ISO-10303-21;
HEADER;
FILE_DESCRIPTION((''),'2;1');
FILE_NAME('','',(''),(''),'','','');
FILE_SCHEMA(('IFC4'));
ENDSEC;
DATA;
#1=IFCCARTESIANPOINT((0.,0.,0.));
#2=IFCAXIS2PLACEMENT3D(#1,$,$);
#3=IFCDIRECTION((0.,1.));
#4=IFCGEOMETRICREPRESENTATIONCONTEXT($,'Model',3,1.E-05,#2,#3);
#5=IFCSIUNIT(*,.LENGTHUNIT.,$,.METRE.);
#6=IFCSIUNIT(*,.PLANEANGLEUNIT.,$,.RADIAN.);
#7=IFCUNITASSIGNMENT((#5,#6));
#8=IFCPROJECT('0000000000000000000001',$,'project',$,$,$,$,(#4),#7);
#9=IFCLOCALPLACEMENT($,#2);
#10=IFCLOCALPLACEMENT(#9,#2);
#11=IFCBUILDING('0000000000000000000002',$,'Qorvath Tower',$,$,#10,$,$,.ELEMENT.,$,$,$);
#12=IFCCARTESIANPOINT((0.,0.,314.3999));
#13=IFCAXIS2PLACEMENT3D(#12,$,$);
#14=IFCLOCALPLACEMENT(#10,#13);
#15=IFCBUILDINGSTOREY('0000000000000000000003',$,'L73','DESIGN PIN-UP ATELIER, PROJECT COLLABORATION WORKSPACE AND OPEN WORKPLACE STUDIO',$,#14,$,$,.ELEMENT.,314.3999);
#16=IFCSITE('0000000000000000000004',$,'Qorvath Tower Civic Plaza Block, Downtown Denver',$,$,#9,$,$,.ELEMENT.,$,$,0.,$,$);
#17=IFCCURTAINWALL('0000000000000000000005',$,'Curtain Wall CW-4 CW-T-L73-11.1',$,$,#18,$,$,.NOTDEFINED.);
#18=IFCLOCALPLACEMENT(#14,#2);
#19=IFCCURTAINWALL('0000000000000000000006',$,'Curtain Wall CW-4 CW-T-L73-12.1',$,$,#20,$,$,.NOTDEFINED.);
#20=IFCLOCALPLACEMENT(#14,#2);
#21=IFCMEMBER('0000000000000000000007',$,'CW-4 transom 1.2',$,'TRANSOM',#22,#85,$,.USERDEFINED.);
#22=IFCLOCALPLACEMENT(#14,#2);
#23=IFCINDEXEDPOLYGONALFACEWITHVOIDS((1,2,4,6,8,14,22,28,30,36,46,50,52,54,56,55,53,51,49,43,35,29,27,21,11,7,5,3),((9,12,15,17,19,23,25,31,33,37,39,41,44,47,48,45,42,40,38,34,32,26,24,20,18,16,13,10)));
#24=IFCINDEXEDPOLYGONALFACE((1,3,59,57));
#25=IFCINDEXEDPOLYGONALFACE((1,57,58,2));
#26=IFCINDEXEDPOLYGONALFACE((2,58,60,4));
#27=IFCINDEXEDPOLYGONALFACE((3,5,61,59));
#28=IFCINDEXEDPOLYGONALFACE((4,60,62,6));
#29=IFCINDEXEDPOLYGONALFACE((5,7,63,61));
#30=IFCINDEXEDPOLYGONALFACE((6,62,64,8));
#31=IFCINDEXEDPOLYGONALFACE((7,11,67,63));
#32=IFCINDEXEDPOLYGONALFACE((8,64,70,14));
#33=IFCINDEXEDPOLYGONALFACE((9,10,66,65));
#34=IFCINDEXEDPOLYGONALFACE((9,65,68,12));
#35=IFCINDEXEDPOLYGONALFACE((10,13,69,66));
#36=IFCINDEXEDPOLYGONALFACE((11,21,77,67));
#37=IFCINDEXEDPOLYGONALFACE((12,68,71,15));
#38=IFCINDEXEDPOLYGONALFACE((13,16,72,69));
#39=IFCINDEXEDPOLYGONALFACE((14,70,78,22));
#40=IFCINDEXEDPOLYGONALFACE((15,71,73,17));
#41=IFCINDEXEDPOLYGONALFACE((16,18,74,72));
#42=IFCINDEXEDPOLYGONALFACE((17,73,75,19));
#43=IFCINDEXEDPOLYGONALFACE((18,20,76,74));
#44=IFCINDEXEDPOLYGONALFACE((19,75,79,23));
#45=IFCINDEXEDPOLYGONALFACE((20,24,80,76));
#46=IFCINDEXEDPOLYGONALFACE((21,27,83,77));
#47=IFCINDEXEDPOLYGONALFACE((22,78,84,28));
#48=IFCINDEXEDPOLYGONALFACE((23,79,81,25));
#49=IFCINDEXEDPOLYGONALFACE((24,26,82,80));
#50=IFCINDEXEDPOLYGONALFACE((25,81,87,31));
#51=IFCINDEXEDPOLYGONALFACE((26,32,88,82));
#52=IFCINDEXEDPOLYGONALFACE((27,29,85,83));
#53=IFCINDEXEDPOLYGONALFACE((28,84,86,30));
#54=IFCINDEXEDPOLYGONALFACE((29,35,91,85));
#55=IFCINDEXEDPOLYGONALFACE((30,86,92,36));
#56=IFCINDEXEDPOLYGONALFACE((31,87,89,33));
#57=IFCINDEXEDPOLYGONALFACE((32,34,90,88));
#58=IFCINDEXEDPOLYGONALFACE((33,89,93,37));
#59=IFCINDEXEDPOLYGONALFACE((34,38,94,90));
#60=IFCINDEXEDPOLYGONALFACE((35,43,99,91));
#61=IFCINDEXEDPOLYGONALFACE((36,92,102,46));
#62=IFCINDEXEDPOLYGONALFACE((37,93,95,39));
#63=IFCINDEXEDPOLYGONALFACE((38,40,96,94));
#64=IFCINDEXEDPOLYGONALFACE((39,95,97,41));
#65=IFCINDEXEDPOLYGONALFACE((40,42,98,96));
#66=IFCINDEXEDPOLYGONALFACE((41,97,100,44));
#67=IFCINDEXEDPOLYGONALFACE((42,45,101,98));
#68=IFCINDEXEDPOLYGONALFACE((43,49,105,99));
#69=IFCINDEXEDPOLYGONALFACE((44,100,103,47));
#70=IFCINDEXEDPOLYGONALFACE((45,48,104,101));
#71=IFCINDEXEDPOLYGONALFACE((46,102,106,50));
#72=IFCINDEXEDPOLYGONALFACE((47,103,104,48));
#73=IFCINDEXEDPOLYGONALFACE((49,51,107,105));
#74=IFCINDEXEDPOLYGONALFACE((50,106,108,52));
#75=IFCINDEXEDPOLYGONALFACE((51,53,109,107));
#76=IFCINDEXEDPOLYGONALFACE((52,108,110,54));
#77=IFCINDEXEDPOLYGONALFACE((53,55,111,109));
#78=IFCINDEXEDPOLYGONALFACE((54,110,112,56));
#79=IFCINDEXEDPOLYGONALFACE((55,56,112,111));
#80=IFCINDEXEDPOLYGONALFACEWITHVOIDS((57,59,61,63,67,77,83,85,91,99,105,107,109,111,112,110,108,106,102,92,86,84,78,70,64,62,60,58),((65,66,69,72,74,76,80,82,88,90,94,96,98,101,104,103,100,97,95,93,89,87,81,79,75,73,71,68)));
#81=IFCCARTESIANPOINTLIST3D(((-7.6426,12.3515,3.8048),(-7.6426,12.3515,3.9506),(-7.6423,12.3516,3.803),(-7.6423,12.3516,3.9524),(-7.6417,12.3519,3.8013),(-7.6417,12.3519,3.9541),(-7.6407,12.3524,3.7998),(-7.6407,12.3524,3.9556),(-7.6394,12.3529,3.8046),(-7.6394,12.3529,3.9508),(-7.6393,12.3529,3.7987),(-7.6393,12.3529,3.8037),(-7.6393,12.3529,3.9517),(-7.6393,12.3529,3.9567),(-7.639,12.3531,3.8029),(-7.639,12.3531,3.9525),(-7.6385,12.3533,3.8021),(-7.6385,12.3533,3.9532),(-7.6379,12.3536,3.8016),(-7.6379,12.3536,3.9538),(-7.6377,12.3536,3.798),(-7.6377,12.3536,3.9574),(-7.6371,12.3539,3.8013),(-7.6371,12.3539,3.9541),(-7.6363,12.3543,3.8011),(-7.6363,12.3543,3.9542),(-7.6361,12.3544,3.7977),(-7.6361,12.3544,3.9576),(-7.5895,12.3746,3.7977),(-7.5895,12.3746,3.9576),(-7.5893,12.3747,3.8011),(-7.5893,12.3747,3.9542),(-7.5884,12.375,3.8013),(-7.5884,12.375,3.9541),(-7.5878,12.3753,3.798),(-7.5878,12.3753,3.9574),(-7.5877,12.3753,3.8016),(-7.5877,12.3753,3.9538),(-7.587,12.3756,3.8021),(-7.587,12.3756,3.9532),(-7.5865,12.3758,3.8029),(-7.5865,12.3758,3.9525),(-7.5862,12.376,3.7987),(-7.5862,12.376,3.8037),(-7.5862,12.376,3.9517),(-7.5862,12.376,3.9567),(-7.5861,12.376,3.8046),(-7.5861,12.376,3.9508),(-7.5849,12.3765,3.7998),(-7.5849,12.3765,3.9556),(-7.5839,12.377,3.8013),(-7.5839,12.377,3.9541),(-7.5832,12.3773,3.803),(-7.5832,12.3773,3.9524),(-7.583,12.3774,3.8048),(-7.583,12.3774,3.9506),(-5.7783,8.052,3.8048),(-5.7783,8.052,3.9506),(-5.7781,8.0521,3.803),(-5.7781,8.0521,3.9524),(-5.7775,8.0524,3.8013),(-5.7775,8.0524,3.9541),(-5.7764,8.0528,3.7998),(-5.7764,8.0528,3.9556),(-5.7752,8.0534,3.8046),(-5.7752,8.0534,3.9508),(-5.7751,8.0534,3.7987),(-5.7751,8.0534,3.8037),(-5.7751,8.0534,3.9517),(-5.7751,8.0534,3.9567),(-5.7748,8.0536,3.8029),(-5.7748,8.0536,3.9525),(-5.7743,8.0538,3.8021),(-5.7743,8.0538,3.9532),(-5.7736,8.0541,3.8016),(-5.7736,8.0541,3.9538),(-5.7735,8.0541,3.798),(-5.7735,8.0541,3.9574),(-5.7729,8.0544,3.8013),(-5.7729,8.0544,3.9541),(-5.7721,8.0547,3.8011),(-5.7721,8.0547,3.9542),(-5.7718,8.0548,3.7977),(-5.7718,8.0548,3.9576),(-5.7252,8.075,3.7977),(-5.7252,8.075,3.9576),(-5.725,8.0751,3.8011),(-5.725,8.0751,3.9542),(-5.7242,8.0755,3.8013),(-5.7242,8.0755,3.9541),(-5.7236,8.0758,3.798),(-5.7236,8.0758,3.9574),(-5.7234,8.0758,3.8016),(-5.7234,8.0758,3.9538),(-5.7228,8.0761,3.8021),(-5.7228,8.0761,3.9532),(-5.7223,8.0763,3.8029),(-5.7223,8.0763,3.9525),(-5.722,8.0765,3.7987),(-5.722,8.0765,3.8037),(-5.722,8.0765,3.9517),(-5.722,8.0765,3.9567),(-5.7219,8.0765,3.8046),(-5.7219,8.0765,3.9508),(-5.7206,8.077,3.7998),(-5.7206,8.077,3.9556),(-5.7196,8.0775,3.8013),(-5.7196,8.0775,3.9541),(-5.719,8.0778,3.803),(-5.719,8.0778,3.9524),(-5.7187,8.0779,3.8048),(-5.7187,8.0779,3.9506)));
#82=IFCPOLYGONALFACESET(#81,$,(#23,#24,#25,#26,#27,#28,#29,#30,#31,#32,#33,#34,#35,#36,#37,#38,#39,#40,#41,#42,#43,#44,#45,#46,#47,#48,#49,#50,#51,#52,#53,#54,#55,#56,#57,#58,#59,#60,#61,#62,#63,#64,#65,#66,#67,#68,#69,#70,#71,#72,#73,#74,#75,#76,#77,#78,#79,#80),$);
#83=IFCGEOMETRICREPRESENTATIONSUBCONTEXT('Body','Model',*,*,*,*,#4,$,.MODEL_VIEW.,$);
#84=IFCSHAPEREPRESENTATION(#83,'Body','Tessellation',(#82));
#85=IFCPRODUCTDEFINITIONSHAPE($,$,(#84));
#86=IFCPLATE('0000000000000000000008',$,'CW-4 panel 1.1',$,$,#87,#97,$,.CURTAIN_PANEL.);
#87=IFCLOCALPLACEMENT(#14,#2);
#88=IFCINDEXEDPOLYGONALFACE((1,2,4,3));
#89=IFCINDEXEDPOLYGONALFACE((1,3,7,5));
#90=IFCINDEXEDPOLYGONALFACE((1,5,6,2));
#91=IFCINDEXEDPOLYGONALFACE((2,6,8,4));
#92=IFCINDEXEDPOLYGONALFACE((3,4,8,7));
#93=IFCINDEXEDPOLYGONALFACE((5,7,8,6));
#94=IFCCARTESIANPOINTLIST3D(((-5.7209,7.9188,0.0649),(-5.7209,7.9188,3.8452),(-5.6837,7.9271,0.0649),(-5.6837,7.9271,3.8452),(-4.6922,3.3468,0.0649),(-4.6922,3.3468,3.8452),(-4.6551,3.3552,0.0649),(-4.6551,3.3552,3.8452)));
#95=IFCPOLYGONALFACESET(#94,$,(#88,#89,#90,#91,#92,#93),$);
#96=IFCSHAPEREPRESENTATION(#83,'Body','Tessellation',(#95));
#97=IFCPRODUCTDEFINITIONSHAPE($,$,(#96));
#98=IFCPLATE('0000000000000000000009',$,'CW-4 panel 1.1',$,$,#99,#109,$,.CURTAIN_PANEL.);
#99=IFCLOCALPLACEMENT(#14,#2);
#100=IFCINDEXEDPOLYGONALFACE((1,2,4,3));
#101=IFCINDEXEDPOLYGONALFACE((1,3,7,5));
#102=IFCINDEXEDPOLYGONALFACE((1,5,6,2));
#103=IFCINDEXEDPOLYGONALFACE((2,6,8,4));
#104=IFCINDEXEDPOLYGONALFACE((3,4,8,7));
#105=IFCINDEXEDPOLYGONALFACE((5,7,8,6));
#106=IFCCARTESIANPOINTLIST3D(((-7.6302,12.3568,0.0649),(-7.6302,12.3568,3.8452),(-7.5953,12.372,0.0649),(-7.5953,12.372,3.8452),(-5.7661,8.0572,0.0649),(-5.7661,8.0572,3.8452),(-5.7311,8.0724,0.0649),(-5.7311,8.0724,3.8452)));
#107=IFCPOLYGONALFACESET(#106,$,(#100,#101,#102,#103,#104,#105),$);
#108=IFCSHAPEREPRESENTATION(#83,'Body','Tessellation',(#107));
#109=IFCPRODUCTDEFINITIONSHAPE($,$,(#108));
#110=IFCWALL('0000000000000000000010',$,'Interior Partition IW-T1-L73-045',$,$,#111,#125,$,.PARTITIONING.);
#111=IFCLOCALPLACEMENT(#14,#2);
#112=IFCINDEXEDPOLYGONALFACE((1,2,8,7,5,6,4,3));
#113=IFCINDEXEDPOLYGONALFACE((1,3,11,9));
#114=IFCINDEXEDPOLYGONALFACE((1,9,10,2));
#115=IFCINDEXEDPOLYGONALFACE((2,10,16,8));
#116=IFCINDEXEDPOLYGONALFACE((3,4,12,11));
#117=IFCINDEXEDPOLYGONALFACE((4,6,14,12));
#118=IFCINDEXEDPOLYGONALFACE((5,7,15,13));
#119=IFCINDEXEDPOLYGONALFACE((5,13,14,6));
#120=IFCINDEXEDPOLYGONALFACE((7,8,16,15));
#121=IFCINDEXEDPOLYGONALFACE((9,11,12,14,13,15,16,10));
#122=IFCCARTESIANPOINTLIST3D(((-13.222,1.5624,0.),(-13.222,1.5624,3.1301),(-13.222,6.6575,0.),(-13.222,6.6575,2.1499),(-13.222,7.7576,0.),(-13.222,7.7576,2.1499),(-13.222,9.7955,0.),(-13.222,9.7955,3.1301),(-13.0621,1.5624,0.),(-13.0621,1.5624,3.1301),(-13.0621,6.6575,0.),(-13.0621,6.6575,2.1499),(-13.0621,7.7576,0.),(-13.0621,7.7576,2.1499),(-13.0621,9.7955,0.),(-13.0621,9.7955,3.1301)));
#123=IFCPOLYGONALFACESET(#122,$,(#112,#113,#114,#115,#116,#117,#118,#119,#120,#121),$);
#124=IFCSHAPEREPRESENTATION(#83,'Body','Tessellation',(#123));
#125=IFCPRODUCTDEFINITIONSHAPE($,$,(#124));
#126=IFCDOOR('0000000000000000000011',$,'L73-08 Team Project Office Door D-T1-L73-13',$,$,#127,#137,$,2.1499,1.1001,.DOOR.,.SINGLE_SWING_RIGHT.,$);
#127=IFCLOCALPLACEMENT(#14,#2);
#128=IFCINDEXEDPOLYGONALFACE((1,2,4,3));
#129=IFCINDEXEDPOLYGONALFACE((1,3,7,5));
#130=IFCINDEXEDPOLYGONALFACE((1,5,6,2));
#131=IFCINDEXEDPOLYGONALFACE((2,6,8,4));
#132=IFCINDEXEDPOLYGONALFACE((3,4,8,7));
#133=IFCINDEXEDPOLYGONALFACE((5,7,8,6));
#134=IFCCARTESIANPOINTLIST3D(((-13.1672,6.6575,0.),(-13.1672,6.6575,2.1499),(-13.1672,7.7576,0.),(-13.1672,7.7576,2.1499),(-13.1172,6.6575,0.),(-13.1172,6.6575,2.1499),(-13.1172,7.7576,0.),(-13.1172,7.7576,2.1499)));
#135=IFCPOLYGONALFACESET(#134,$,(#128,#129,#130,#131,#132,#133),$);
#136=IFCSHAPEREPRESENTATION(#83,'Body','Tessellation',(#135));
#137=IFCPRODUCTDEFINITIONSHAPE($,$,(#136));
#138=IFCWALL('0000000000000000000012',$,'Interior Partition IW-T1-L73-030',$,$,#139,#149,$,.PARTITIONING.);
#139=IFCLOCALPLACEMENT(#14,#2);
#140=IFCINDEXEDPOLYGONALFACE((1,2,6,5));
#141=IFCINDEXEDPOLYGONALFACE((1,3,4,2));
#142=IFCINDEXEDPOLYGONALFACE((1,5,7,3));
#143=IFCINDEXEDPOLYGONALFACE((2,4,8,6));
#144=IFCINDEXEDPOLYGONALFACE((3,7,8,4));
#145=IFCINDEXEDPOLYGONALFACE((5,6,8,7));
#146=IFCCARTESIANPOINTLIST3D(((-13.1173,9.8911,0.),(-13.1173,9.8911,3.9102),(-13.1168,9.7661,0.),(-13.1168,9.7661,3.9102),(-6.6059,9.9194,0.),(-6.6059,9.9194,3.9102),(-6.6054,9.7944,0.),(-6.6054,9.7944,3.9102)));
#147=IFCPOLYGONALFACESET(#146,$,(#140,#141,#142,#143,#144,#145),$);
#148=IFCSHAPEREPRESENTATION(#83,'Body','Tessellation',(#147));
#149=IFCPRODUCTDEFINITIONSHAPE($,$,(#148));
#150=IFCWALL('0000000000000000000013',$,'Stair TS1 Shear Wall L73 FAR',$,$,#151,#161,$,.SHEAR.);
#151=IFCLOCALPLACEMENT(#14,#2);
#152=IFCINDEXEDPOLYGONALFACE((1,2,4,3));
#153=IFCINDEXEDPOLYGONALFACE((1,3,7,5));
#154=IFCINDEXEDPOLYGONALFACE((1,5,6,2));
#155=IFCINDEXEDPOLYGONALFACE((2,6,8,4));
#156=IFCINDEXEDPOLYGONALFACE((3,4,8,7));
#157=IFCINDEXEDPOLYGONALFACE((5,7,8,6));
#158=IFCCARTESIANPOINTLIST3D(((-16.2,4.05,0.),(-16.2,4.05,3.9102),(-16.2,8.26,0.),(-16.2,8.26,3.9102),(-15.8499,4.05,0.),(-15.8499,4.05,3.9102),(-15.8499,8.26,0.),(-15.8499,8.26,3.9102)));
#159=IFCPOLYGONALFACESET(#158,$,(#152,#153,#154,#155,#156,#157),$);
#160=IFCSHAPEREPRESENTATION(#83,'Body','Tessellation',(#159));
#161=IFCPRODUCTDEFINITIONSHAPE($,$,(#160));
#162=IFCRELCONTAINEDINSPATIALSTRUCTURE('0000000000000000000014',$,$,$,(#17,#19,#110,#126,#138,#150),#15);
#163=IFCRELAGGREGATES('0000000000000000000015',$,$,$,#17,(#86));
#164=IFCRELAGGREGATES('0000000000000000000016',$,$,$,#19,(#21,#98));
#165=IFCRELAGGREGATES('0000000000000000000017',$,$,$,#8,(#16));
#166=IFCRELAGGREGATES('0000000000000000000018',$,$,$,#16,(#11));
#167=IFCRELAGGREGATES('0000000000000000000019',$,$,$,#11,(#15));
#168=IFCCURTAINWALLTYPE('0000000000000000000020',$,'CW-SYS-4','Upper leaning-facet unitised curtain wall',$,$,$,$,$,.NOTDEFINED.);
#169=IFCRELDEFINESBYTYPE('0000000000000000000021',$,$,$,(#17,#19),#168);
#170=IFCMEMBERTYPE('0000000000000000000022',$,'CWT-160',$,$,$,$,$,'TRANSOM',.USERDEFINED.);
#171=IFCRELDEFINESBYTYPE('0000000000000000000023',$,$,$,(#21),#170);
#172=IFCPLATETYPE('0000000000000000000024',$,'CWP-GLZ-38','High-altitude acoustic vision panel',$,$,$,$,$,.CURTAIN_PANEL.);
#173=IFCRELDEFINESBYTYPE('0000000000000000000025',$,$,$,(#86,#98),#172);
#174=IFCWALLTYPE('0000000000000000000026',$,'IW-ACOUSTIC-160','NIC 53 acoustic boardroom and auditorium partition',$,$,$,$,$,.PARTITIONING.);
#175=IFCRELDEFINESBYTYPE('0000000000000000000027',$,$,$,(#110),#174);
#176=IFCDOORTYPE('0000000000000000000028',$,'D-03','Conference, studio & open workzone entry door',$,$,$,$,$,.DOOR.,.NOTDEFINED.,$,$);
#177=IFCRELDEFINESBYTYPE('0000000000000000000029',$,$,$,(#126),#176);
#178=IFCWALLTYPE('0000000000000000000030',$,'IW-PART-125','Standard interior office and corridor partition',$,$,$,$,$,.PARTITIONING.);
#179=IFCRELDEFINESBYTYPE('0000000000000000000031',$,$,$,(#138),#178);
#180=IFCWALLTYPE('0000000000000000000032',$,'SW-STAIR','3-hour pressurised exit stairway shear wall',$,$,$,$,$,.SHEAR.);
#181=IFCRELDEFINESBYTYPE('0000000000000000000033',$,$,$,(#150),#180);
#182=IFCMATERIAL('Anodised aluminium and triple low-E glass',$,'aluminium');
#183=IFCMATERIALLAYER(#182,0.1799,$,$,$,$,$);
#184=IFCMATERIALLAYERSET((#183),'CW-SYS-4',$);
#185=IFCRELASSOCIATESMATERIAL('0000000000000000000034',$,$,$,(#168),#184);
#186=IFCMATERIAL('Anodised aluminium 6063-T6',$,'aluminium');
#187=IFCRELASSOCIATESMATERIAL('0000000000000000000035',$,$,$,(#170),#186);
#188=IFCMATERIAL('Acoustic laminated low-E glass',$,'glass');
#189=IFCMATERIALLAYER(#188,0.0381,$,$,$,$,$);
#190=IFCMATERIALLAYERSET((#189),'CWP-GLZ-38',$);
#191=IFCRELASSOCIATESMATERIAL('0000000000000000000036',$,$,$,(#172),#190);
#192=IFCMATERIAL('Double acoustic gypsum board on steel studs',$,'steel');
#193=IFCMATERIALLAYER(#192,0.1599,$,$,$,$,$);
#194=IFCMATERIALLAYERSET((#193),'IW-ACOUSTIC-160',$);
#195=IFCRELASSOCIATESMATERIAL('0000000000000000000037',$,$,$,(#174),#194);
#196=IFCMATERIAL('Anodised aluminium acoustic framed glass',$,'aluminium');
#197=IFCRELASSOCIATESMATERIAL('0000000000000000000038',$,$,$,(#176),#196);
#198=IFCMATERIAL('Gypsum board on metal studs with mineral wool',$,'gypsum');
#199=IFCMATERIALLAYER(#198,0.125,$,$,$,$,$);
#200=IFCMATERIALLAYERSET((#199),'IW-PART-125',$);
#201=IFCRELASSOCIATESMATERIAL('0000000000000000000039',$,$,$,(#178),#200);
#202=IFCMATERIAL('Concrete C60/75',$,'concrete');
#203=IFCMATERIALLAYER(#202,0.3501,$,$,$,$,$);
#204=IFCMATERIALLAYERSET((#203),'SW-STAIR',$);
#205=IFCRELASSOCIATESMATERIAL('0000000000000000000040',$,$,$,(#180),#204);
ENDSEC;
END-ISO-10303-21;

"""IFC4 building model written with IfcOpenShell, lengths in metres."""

from ifc_helpers import new_model, si_unit, direction, frame, frame_2d, origin, origin_2d, place, context, subcontext, project, spatial, rectangle, hollow_rectangle, extrude, material, layer, layer_set, material_profile, profile_set, type_object, element, fill, aggregate, save


model = new_model("IFC4")

# Units and contexts
model_context = context("Model", 3, precision=1e-05, world=origin(), true_north=direction((0.0, 1.0)))
body_context = subcontext(model_context, "Body", "Model", "MODEL_VIEW")
ifc_project = project(units=[si_unit("LENGTHUNIT", "METRE"), si_unit("PLANEANGLEUNIT", "RADIAN")], contexts=[model_context])

# Site, building, storey
site_placement = place(None, origin())
site = spatial("IfcSite", under=ifc_project, at=site_placement, Name="Qorvath Tower Civic Plaza Block, Downtown Denver", CompositionType="ELEMENT", RefElevation=0.0)
building_placement = place(site_placement, origin())
building = spatial("IfcBuilding", under=site, at=building_placement, Name="Qorvath Tower", CompositionType="ELEMENT")
storey_placement = place(building_placement, frame((0.0, 0.0, 314.3999)))
storey = spatial("IfcBuildingStorey", under=building, at=storey_placement, Name="L73", Description="DESIGN PIN-UP ATELIER, PROJECT COLLABORATION WORKSPACE AND OPEN WORKPLACE STUDIO", CompositionType="ELEMENT", Elevation=314.3999)

# Curtain wall
ifc_material_1 = material(Name="Anodised aluminium and triple low-E glass", Category="aluminium")
ifc_layer_1 = layer(ifc_material_1, 0.1799)
ifc_layer_set_1 = layer_set([ifc_layer_1], Name="CW-SYS-4")
curtain_wall_type = type_object("IfcCurtainWallType", Name="CW-SYS-4", Description="Upper leaning-facet unitised curtain wall", PredefinedType="NOTDEFINED", material=ifc_layer_set_1)
curtain_wall_1_placement = place(storey_placement, origin())
curtain_wall_1 = element("IfcCurtainWall", 1, at=curtain_wall_1_placement, inside=storey, type_object=curtain_wall_type, Name="Curtain Wall CW-4 CW-T-L73-11.1", PredefinedType="NOTDEFINED")

# Curtain wall
curtain_wall_2_placement = place(storey_placement, origin())
curtain_wall_2 = element("IfcCurtainWall", 2, at=curtain_wall_2_placement, inside=storey, type_object=curtain_wall_type, Name="Curtain Wall CW-4 CW-T-L73-12.1", PredefinedType="NOTDEFINED")

# Member
ifc_material_2 = material(Name="Anodised aluminium 6063-T6", Category="aluminium")
ifc_material_profile_1 = material_profile(ifc_material_2, hollow_rectangle(XDim=0.0649, YDim=0.1599, WallThickness=0.0034, InnerFilletRadius=0.0034, OuterFilletRadius=0.0071, at=origin_2d()), Name="CWT 160x65")
ifc_profile_set_1 = profile_set([ifc_material_profile_1], Name="Anodised aluminium 6063-T6")
member_type_1 = type_object("IfcMemberType", Name="CWT-160", ElementType="TRANSOM", PredefinedType="USERDEFINED", material=ifc_profile_set_1)
member_1_placement = place(storey_placement, frame((-5.7485, 8.0649, 3.8777), z_axis=(-0.397808, 0.917469, 0.0), x_axis=(-0.917469, -0.397808, 0.0)))
member_1 = element("IfcMember", 3, at=member_1_placement, type_object=member_type_1, Name="CW-4 transom 1.2", ObjectType="TRANSOM", PredefinedType="USERDEFINED", context=body_context, shape_type="SweptSolid", body=[
    extrude(hollow_rectangle(XDim=0.0649, YDim=0.1599, WallThickness=0.0034, InnerFilletRadius=0.0034, OuterFilletRadius=0.0071, at=origin_2d()), origin(), (0.0, 0.0, 1.0), 4.6863),
])

# Plates
ifc_material_3 = material(Name="Acoustic laminated low-E glass", Category="glass")
ifc_layer_2 = layer(ifc_material_3, 0.0381)
ifc_layer_set_2 = layer_set([ifc_layer_2], Name="CWP-GLZ-38")
plate_type = type_object("IfcPlateType", Name="CWP-GLZ-38", Description="High-altitude acoustic vision panel", PredefinedType="CURTAIN_PANEL", material=ifc_layer_set_2)
plate_1_placement = place(storey_placement, frame((-5.188, 5.637, 0.0649), z_axis=(0.0, 0.0, 1.0), x_axis=(-0.219509, 0.975611, 0.0)))
plate_1 = element("IfcPlate", 4, at=plate_1_placement, type_object=plate_type, Name="CW-4 panel 1.1", PredefinedType="CURTAIN_PANEL", context=body_context, shape_type="SweptSolid", body=[
    extrude(rectangle(XDim=4.6863, YDim=0.0381, at=origin_2d()), origin(), (0.0, 0.0, 1.0), 3.7803),
])
aggregate(curtain_wall_1, [plate_1])
plate_2_placement = place(storey_placement, frame((-6.6807, 10.2146, 0.0649), z_axis=(0.0, 0.0, 1.0), x_axis=(-0.397784, 0.917479, 0.0)))
plate_2 = element("IfcPlate", 5, at=plate_2_placement, type_object=plate_type, Name="CW-4 panel 1.1", PredefinedType="CURTAIN_PANEL", context=body_context, shape_type="SweptSolid", body=[
    extrude(rectangle(XDim=4.6863, YDim=0.0381, at=origin_2d()), origin(), (0.0, 0.0, 1.0), 3.7803),
])
aggregate(curtain_wall_2, [member_1, plate_2])

# Wall, opening, door
ifc_material_4 = material(Name="Double acoustic gypsum board on steel studs", Category="steel")
ifc_layer_3 = layer(ifc_material_4, 0.1599)
ifc_layer_set_3 = layer_set([ifc_layer_3], Name="IW-ACOUSTIC-160")
wall_type_1 = type_object("IfcWallType", Name="IW-ACOUSTIC-160", Description="NIC 53 acoustic boardroom and auditorium partition", PredefinedType="PARTITIONING", material=ifc_layer_set_3)
wall_1_placement = place(storey_placement, frame((-13.1421, 9.7957, 0.0), z_axis=(0.0, 0.0, 1.0), x_axis=(0.0, -1.0, 0.0)))
wall_1 = element("IfcWall", 6, at=wall_1_placement, inside=storey, type_object=wall_type_1, Name="Interior Partition IW-T1-L73-045", PredefinedType="PARTITIONING", context=body_context, shape_type="SweptSolid", body=[
    extrude(rectangle(XDim=8.2332, YDim=0.1599, at=frame_2d((4.1167, 0.0))), origin(), (0.0, 0.0, 1.0), 3.1301),
])
opening_1_placement = place(wall_1_placement, frame((2.0381, 0.0, 0.0)))
opening_1 = element("IfcOpeningElement", 7, at=opening_1_placement, cuts=wall_1, PredefinedType="OPENING", context=body_context, shape_type="SweptSolid", body=[
    extrude(rectangle(XDim=1.1001, YDim=2.1499, at=frame_2d((0.55, 1.075))), frame((0.0, 0.0898, 0.0), z_axis=(0.0, -1.0, 0.0), x_axis=(1.0, 0.0, 0.0)), (0.0, 0.0, 1.0), 0.1799),
])
ifc_material_5 = material(Name="Anodised aluminium acoustic framed glass", Category="aluminium")
door_type_1 = type_object("IfcDoorType", Name="D-03", Description="Conference, studio & open workzone entry door", OperationType="NOTDEFINED", PredefinedType="DOOR", material=ifc_material_5)
door_1_placement = place(opening_1_placement, origin())
door_1 = element("IfcDoor", 8, at=door_1_placement, inside=storey, type_object=door_type_1, Name="L73-08 Team Project Office Door D-T1-L73-13", OperationType="SINGLE_SWING_RIGHT", OverallHeight=2.1499, OverallWidth=1.1001, PredefinedType="DOOR", context=body_context, shape_type="SweptSolid", body=[
    extrude(rectangle(XDim=1.1001, YDim=2.1499, at=frame_2d((0.55, 1.075))), frame((0.0, 0.0249, 0.0), z_axis=(0.0, -1.0, 0.0), x_axis=(1.0, 0.0, 0.0)), (0.0, 0.0, 1.0), 0.05),
])
fill(opening_1, door_1)

# Walls
ifc_material_6 = material(Name="Gypsum board on metal studs with mineral wool", Category="gypsum")
ifc_layer_4 = layer(ifc_material_6, 0.125)
ifc_layer_set_4 = layer_set([ifc_layer_4], Name="IW-PART-125")
wall_type_2 = type_object("IfcWallType", Name="IW-PART-125", Description="Standard interior office and corridor partition", PredefinedType="PARTITIONING", material=ifc_layer_set_4)
wall_2_placement = place(storey_placement, frame((-13.1172, 9.8286, 0.0), z_axis=(0.0, 0.0, 1.0), x_axis=(0.999991, 0.004349, 0.0)))
element("IfcWall", 9, at=wall_2_placement, inside=storey, type_object=wall_type_2, Name="Interior Partition IW-T1-L73-030", PredefinedType="PARTITIONING", context=body_context, shape_type="SweptSolid", body=[
    extrude(rectangle(XDim=6.5115, YDim=0.125, at=frame_2d((3.2559, 0.0))), origin(), (0.0, 0.0, 1.0), 3.9102),
])
ifc_material_7 = material(Name="Concrete C60/75", Category="concrete")
ifc_layer_5 = layer(ifc_material_7, 0.3501)
ifc_layer_set_5 = layer_set([ifc_layer_5], Name="SW-STAIR")
wall_type_3 = type_object("IfcWallType", Name="SW-STAIR", Description="3-hour pressurised exit stairway shear wall", PredefinedType="SHEAR", material=ifc_layer_set_5)
wall_3_placement = place(storey_placement, frame((-16.0249, 4.05, 0.0), z_axis=(0.0, 0.0, 1.0), x_axis=(0.0, 1.0, 0.0)))
element("IfcWall", 10, at=wall_3_placement, inside=storey, type_object=wall_type_3, Name="Stair TS1 Shear Wall L73 FAR", PredefinedType="SHEAR", context=body_context, shape_type="SweptSolid", body=[
    extrude(rectangle(XDim=4.21, YDim=0.3501, at=frame_2d((2.105, 0.0))), origin(), (0.0, 0.0, 1.0), 3.9102),
])

save(model, "model.ifc")
